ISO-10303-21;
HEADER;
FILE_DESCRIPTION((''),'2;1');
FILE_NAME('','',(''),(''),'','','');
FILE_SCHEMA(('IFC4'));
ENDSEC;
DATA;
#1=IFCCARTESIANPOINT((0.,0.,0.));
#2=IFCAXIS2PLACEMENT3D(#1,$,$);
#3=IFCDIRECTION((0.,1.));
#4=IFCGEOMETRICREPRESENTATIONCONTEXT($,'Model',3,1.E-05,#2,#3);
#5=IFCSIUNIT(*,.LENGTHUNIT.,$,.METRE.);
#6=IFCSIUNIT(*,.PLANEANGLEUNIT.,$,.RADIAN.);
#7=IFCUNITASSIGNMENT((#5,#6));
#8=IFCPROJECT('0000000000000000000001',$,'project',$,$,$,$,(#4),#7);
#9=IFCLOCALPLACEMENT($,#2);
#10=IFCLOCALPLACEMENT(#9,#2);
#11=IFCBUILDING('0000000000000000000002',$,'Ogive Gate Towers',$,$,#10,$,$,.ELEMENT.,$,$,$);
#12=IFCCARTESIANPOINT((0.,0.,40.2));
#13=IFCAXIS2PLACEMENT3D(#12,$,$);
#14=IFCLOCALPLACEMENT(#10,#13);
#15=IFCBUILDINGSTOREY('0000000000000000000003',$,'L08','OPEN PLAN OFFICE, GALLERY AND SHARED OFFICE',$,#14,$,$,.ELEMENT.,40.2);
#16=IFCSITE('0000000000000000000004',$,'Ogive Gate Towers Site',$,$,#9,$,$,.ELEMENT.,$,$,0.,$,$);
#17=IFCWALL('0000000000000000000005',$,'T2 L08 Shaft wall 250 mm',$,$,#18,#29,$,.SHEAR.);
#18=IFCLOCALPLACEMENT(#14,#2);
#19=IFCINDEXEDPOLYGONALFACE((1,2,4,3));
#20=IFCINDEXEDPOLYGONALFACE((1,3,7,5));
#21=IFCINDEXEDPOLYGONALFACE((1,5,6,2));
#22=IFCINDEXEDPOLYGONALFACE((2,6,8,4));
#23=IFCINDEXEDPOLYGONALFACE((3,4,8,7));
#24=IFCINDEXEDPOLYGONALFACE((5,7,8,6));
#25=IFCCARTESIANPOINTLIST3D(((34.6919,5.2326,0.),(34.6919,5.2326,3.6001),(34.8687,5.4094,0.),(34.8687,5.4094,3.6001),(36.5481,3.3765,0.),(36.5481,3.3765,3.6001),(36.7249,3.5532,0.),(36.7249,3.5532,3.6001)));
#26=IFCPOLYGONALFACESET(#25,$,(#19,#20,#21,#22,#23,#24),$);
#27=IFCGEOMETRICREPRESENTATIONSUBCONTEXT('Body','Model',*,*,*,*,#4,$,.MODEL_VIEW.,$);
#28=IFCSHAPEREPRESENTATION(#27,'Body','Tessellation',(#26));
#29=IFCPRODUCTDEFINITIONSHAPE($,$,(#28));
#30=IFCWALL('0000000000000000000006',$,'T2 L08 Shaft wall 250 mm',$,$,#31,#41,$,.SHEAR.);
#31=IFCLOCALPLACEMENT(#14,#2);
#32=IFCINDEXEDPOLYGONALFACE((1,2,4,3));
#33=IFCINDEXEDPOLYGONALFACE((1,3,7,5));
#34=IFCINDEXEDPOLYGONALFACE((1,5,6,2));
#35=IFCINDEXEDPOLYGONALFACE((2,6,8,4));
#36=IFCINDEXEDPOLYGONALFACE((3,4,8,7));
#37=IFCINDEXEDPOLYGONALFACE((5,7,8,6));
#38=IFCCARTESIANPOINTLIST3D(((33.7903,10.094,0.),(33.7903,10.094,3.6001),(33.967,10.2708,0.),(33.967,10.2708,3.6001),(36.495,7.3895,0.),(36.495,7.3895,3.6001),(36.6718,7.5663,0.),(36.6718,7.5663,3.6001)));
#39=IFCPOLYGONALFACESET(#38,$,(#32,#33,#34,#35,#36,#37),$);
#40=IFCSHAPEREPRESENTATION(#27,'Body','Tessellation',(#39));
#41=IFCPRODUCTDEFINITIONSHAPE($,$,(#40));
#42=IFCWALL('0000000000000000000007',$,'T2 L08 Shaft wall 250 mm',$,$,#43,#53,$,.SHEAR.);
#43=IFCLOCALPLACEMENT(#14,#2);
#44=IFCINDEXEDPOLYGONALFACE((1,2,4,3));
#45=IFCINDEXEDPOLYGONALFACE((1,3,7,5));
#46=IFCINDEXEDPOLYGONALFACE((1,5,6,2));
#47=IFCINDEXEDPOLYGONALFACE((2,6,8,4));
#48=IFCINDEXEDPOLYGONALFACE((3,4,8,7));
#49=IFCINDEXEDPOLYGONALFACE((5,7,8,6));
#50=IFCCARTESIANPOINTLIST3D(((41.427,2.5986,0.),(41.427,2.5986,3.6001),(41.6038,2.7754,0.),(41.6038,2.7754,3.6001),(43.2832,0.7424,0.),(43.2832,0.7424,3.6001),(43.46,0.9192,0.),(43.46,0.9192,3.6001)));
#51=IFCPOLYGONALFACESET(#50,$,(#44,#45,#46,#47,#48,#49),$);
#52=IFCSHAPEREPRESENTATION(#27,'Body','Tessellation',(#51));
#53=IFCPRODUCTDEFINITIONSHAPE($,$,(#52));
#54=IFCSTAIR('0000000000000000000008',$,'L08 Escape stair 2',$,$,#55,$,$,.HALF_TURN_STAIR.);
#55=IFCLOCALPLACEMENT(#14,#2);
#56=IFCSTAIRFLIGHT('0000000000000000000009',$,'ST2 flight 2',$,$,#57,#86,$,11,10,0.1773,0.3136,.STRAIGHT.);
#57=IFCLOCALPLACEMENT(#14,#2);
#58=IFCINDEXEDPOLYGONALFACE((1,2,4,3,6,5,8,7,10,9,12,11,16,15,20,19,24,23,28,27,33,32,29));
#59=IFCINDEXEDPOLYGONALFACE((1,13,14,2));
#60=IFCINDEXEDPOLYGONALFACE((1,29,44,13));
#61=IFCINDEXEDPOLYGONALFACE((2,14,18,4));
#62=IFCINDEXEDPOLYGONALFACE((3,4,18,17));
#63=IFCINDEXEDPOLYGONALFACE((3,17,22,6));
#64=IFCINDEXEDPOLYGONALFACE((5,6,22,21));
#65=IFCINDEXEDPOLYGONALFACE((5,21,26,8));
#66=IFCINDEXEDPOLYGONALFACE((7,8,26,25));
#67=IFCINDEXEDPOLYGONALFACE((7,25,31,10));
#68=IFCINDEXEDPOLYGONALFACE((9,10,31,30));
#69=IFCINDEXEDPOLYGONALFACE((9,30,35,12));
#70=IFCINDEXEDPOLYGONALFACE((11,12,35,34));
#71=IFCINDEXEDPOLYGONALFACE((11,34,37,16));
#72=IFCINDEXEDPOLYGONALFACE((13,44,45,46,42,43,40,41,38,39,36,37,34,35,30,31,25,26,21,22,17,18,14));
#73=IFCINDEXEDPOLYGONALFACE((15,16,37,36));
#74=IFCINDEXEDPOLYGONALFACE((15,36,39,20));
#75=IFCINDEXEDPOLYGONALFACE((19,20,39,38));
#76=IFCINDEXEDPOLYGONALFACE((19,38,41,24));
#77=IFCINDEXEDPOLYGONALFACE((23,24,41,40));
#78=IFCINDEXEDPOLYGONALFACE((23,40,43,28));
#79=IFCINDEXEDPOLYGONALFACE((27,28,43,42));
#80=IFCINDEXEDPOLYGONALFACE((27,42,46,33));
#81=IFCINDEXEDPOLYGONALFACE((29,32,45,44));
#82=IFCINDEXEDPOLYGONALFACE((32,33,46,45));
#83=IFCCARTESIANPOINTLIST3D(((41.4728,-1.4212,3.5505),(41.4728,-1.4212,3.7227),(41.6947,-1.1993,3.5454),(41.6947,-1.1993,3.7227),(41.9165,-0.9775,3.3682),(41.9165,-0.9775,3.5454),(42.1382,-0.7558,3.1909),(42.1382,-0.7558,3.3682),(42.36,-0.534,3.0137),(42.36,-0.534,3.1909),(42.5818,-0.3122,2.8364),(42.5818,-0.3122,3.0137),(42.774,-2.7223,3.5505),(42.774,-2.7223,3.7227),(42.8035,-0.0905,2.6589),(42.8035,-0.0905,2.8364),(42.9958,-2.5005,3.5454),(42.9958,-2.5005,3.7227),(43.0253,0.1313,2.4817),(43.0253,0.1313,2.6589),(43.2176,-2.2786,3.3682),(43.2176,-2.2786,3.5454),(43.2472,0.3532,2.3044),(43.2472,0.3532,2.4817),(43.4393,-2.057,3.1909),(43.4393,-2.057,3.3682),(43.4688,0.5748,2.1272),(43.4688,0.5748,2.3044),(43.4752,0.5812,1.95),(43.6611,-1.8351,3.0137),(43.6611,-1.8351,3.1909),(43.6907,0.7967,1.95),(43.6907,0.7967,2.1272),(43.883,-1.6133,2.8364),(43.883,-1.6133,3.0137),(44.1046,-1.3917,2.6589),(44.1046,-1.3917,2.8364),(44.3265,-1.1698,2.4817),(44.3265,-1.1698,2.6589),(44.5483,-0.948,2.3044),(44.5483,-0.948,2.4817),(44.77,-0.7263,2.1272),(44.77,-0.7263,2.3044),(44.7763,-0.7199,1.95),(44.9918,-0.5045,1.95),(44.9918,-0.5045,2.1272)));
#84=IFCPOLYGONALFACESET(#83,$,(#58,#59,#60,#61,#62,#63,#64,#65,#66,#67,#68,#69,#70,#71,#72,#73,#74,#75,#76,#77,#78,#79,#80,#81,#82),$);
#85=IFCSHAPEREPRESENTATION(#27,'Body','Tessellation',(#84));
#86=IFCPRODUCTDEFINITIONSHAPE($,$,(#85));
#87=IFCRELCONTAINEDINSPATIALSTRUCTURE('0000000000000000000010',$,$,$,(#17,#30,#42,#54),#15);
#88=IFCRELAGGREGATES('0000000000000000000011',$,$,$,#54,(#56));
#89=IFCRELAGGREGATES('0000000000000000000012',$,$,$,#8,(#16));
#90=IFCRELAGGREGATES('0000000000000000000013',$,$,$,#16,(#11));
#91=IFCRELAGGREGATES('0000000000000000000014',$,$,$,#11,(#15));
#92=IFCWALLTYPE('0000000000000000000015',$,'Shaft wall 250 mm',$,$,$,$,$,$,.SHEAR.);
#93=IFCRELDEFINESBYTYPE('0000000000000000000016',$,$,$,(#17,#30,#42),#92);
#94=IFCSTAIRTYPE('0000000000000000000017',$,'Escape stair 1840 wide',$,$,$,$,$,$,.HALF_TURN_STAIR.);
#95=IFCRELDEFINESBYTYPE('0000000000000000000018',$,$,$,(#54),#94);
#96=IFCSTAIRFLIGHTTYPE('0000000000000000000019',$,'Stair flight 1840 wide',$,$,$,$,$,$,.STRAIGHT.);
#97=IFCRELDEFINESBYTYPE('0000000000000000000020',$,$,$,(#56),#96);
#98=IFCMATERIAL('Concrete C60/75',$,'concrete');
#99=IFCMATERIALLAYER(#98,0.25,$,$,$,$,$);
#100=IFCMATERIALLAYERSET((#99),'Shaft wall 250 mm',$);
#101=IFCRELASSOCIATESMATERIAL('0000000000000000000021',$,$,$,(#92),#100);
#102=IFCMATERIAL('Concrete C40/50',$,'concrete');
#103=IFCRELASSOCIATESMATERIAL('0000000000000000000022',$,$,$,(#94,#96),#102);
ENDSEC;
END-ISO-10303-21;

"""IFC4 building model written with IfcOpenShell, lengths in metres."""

from ifc_helpers import new_model, si_unit, direction, frame, frame_2d, origin, place, context, subcontext, project, spatial, polyline, rectangle, outline, extrude, material, layer, layer_set, type_object, element, aggregate, save


model = new_model("IFC4")

# Units and contexts
model_context = context("Model", 3, precision=1e-05, world=origin(), true_north=direction((0.0, 1.0)))
body_context = subcontext(model_context, "Body", "Model", "MODEL_VIEW")
ifc_project = project(units=[si_unit("LENGTHUNIT", "METRE"), si_unit("PLANEANGLEUNIT", "RADIAN")], contexts=[model_context])

# Site, building, storey
site_placement = place(None, origin())
site = spatial("IfcSite", under=ifc_project, at=site_placement, Name="Ogive Gate Towers Site", CompositionType="ELEMENT", RefElevation=0.0)
building_placement = place(site_placement, origin())
building = spatial("IfcBuilding", under=site, at=building_placement, Name="Ogive Gate Towers", CompositionType="ELEMENT")
storey_placement = place(building_placement, frame((0.0, 0.0, 40.2)))
storey = spatial("IfcBuildingStorey", under=building, at=storey_placement, Name="L08", Description="OPEN PLAN OFFICE, GALLERY AND SHARED OFFICE", CompositionType="ELEMENT", Elevation=40.2)

# Shared definitions
ifc_material_1 = material(Name="Concrete C40/50", Category="concrete")

# Shared definitions
ifc_material_2 = material(Name="Concrete C60/75", Category="concrete")

# Walls
ifc_layer_1 = layer(ifc_material_2, 0.25)
ifc_layer_set_1 = layer_set([ifc_layer_1], Name="Shaft wall 250 mm")
wall_type_1 = type_object("IfcWallType", Name="Shaft wall 250 mm", PredefinedType="SHEAR", material=ifc_layer_set_1)
for number, where, z_axis, x_axis, name in (
    (1, (36.6365, 3.4648, 0.0), (0.0, 0.0, 1.0), (-0.707107, 0.707107, 0.0), "T2 L08 Shaft wall 250 mm"),
):
    element("IfcWall", number, at=place(storey_placement, frame(where, z_axis=z_axis, x_axis=x_axis)), inside=storey, type_object=wall_type_1, Name=name, PredefinedType="SHEAR", context=body_context, shape_type="SweptSolid", body=[
        extrude(rectangle(XDim=2.625, YDim=0.25, at=frame_2d((1.3125, 0.0))), origin(), (0.0, 0.0, 1.0), 3.6001),
    ])
wall_1_placement = place(storey_placement, frame((36.5835, 7.4778, 0.0), z_axis=(0.0, 0.0, 1.0), x_axis=(-0.707139, 0.707075, 0.0)))
element("IfcWall", 2, at=wall_1_placement, inside=storey, type_object=wall_type_1, Name="T2 L08 Shaft wall 250 mm", PredefinedType="SHEAR", context=body_context, shape_type="SweptSolid", body=[
    extrude(rectangle(XDim=3.825, YDim=0.25, at=frame_2d((1.9126, 0.0))), origin(), (0.0, 0.0, 1.0), 3.6001),
])
wall_2_placement = place(storey_placement, frame((43.3716, 0.8308, 0.0), z_axis=(0.0, 0.0, 1.0), x_axis=(-0.707107, 0.707107, 0.0)))
element("IfcWall", 3, at=wall_2_placement, inside=storey, type_object=wall_type_1, Name="T2 L08 Shaft wall 250 mm", PredefinedType="SHEAR", context=body_context, shape_type="SweptSolid", body=[
    extrude(rectangle(XDim=2.625, YDim=0.25, at=frame_2d((1.3125, 0.0))), origin(), (0.0, 0.0, 1.0), 3.6001),
])

# Stair, stair flight
stair_type = type_object("IfcStairType", Name="Escape stair 1840 wide", PredefinedType="HALF_TURN_STAIR", material=ifc_material_1)
stair_placement = place(storey_placement, origin())
stair = element("IfcStair", 4, at=stair_placement, inside=storey, type_object=stair_type, Name="L08 Escape stair 2", PredefinedType="HALF_TURN_STAIR")
stair_flight_type = type_object("IfcStairFlightType", Name="Stair flight 1840 wide", PredefinedType="STRAIGHT", material=ifc_material_1)
stair_flight_placement = place(storey_placement, frame((44.3413, 0.146, 1.95), z_axis=(0.0, 0.0, 1.0), x_axis=(-0.707107, -0.707107, 0.0)))
stair_flight = element("IfcStairFlight", 5, at=stair_flight_placement, type_object=stair_flight_type, Name="ST2 flight 2", NumberOfRisers=11, NumberOfTreads=10, PredefinedType="STRAIGHT", RiserHeight=0.1773, TreadLength=0.3136, context=body_context, shape_type="SweptSolid", body=[
    extrude(outline(polyline([(0.0, 0.0), (0.0, 0.1772), (0.3137, 0.1772), (0.3137, 0.3545), (0.6272, 0.3545), (0.6272, 0.5317), (0.9409, 0.5317), (0.9409, 0.709), (1.2546, 0.709), (1.2546, 0.8865), (1.5681, 0.8865), (1.5681, 1.0637), (1.8818, 1.0637), (1.8818, 1.241), (2.1956, 1.241), (2.1956, 1.4182), (2.509, 1.4182), (2.509, 1.5955), (2.8228, 1.5955), (2.8228, 1.7727), (3.1365, 1.7727), (3.1365, 1.95), (3.1365, 1.6006), (0.3047, 0.0), (0.0, 0.0)])), frame((0.0, 0.9199, 0.0), z_axis=(0.0, -1.0, 0.0), x_axis=(1.0, 0.0, 0.0)), (0.0, 0.0, 1.0), 1.8401),
])
aggregate(stair, [stair_flight])

save(model, "model.ifc")
